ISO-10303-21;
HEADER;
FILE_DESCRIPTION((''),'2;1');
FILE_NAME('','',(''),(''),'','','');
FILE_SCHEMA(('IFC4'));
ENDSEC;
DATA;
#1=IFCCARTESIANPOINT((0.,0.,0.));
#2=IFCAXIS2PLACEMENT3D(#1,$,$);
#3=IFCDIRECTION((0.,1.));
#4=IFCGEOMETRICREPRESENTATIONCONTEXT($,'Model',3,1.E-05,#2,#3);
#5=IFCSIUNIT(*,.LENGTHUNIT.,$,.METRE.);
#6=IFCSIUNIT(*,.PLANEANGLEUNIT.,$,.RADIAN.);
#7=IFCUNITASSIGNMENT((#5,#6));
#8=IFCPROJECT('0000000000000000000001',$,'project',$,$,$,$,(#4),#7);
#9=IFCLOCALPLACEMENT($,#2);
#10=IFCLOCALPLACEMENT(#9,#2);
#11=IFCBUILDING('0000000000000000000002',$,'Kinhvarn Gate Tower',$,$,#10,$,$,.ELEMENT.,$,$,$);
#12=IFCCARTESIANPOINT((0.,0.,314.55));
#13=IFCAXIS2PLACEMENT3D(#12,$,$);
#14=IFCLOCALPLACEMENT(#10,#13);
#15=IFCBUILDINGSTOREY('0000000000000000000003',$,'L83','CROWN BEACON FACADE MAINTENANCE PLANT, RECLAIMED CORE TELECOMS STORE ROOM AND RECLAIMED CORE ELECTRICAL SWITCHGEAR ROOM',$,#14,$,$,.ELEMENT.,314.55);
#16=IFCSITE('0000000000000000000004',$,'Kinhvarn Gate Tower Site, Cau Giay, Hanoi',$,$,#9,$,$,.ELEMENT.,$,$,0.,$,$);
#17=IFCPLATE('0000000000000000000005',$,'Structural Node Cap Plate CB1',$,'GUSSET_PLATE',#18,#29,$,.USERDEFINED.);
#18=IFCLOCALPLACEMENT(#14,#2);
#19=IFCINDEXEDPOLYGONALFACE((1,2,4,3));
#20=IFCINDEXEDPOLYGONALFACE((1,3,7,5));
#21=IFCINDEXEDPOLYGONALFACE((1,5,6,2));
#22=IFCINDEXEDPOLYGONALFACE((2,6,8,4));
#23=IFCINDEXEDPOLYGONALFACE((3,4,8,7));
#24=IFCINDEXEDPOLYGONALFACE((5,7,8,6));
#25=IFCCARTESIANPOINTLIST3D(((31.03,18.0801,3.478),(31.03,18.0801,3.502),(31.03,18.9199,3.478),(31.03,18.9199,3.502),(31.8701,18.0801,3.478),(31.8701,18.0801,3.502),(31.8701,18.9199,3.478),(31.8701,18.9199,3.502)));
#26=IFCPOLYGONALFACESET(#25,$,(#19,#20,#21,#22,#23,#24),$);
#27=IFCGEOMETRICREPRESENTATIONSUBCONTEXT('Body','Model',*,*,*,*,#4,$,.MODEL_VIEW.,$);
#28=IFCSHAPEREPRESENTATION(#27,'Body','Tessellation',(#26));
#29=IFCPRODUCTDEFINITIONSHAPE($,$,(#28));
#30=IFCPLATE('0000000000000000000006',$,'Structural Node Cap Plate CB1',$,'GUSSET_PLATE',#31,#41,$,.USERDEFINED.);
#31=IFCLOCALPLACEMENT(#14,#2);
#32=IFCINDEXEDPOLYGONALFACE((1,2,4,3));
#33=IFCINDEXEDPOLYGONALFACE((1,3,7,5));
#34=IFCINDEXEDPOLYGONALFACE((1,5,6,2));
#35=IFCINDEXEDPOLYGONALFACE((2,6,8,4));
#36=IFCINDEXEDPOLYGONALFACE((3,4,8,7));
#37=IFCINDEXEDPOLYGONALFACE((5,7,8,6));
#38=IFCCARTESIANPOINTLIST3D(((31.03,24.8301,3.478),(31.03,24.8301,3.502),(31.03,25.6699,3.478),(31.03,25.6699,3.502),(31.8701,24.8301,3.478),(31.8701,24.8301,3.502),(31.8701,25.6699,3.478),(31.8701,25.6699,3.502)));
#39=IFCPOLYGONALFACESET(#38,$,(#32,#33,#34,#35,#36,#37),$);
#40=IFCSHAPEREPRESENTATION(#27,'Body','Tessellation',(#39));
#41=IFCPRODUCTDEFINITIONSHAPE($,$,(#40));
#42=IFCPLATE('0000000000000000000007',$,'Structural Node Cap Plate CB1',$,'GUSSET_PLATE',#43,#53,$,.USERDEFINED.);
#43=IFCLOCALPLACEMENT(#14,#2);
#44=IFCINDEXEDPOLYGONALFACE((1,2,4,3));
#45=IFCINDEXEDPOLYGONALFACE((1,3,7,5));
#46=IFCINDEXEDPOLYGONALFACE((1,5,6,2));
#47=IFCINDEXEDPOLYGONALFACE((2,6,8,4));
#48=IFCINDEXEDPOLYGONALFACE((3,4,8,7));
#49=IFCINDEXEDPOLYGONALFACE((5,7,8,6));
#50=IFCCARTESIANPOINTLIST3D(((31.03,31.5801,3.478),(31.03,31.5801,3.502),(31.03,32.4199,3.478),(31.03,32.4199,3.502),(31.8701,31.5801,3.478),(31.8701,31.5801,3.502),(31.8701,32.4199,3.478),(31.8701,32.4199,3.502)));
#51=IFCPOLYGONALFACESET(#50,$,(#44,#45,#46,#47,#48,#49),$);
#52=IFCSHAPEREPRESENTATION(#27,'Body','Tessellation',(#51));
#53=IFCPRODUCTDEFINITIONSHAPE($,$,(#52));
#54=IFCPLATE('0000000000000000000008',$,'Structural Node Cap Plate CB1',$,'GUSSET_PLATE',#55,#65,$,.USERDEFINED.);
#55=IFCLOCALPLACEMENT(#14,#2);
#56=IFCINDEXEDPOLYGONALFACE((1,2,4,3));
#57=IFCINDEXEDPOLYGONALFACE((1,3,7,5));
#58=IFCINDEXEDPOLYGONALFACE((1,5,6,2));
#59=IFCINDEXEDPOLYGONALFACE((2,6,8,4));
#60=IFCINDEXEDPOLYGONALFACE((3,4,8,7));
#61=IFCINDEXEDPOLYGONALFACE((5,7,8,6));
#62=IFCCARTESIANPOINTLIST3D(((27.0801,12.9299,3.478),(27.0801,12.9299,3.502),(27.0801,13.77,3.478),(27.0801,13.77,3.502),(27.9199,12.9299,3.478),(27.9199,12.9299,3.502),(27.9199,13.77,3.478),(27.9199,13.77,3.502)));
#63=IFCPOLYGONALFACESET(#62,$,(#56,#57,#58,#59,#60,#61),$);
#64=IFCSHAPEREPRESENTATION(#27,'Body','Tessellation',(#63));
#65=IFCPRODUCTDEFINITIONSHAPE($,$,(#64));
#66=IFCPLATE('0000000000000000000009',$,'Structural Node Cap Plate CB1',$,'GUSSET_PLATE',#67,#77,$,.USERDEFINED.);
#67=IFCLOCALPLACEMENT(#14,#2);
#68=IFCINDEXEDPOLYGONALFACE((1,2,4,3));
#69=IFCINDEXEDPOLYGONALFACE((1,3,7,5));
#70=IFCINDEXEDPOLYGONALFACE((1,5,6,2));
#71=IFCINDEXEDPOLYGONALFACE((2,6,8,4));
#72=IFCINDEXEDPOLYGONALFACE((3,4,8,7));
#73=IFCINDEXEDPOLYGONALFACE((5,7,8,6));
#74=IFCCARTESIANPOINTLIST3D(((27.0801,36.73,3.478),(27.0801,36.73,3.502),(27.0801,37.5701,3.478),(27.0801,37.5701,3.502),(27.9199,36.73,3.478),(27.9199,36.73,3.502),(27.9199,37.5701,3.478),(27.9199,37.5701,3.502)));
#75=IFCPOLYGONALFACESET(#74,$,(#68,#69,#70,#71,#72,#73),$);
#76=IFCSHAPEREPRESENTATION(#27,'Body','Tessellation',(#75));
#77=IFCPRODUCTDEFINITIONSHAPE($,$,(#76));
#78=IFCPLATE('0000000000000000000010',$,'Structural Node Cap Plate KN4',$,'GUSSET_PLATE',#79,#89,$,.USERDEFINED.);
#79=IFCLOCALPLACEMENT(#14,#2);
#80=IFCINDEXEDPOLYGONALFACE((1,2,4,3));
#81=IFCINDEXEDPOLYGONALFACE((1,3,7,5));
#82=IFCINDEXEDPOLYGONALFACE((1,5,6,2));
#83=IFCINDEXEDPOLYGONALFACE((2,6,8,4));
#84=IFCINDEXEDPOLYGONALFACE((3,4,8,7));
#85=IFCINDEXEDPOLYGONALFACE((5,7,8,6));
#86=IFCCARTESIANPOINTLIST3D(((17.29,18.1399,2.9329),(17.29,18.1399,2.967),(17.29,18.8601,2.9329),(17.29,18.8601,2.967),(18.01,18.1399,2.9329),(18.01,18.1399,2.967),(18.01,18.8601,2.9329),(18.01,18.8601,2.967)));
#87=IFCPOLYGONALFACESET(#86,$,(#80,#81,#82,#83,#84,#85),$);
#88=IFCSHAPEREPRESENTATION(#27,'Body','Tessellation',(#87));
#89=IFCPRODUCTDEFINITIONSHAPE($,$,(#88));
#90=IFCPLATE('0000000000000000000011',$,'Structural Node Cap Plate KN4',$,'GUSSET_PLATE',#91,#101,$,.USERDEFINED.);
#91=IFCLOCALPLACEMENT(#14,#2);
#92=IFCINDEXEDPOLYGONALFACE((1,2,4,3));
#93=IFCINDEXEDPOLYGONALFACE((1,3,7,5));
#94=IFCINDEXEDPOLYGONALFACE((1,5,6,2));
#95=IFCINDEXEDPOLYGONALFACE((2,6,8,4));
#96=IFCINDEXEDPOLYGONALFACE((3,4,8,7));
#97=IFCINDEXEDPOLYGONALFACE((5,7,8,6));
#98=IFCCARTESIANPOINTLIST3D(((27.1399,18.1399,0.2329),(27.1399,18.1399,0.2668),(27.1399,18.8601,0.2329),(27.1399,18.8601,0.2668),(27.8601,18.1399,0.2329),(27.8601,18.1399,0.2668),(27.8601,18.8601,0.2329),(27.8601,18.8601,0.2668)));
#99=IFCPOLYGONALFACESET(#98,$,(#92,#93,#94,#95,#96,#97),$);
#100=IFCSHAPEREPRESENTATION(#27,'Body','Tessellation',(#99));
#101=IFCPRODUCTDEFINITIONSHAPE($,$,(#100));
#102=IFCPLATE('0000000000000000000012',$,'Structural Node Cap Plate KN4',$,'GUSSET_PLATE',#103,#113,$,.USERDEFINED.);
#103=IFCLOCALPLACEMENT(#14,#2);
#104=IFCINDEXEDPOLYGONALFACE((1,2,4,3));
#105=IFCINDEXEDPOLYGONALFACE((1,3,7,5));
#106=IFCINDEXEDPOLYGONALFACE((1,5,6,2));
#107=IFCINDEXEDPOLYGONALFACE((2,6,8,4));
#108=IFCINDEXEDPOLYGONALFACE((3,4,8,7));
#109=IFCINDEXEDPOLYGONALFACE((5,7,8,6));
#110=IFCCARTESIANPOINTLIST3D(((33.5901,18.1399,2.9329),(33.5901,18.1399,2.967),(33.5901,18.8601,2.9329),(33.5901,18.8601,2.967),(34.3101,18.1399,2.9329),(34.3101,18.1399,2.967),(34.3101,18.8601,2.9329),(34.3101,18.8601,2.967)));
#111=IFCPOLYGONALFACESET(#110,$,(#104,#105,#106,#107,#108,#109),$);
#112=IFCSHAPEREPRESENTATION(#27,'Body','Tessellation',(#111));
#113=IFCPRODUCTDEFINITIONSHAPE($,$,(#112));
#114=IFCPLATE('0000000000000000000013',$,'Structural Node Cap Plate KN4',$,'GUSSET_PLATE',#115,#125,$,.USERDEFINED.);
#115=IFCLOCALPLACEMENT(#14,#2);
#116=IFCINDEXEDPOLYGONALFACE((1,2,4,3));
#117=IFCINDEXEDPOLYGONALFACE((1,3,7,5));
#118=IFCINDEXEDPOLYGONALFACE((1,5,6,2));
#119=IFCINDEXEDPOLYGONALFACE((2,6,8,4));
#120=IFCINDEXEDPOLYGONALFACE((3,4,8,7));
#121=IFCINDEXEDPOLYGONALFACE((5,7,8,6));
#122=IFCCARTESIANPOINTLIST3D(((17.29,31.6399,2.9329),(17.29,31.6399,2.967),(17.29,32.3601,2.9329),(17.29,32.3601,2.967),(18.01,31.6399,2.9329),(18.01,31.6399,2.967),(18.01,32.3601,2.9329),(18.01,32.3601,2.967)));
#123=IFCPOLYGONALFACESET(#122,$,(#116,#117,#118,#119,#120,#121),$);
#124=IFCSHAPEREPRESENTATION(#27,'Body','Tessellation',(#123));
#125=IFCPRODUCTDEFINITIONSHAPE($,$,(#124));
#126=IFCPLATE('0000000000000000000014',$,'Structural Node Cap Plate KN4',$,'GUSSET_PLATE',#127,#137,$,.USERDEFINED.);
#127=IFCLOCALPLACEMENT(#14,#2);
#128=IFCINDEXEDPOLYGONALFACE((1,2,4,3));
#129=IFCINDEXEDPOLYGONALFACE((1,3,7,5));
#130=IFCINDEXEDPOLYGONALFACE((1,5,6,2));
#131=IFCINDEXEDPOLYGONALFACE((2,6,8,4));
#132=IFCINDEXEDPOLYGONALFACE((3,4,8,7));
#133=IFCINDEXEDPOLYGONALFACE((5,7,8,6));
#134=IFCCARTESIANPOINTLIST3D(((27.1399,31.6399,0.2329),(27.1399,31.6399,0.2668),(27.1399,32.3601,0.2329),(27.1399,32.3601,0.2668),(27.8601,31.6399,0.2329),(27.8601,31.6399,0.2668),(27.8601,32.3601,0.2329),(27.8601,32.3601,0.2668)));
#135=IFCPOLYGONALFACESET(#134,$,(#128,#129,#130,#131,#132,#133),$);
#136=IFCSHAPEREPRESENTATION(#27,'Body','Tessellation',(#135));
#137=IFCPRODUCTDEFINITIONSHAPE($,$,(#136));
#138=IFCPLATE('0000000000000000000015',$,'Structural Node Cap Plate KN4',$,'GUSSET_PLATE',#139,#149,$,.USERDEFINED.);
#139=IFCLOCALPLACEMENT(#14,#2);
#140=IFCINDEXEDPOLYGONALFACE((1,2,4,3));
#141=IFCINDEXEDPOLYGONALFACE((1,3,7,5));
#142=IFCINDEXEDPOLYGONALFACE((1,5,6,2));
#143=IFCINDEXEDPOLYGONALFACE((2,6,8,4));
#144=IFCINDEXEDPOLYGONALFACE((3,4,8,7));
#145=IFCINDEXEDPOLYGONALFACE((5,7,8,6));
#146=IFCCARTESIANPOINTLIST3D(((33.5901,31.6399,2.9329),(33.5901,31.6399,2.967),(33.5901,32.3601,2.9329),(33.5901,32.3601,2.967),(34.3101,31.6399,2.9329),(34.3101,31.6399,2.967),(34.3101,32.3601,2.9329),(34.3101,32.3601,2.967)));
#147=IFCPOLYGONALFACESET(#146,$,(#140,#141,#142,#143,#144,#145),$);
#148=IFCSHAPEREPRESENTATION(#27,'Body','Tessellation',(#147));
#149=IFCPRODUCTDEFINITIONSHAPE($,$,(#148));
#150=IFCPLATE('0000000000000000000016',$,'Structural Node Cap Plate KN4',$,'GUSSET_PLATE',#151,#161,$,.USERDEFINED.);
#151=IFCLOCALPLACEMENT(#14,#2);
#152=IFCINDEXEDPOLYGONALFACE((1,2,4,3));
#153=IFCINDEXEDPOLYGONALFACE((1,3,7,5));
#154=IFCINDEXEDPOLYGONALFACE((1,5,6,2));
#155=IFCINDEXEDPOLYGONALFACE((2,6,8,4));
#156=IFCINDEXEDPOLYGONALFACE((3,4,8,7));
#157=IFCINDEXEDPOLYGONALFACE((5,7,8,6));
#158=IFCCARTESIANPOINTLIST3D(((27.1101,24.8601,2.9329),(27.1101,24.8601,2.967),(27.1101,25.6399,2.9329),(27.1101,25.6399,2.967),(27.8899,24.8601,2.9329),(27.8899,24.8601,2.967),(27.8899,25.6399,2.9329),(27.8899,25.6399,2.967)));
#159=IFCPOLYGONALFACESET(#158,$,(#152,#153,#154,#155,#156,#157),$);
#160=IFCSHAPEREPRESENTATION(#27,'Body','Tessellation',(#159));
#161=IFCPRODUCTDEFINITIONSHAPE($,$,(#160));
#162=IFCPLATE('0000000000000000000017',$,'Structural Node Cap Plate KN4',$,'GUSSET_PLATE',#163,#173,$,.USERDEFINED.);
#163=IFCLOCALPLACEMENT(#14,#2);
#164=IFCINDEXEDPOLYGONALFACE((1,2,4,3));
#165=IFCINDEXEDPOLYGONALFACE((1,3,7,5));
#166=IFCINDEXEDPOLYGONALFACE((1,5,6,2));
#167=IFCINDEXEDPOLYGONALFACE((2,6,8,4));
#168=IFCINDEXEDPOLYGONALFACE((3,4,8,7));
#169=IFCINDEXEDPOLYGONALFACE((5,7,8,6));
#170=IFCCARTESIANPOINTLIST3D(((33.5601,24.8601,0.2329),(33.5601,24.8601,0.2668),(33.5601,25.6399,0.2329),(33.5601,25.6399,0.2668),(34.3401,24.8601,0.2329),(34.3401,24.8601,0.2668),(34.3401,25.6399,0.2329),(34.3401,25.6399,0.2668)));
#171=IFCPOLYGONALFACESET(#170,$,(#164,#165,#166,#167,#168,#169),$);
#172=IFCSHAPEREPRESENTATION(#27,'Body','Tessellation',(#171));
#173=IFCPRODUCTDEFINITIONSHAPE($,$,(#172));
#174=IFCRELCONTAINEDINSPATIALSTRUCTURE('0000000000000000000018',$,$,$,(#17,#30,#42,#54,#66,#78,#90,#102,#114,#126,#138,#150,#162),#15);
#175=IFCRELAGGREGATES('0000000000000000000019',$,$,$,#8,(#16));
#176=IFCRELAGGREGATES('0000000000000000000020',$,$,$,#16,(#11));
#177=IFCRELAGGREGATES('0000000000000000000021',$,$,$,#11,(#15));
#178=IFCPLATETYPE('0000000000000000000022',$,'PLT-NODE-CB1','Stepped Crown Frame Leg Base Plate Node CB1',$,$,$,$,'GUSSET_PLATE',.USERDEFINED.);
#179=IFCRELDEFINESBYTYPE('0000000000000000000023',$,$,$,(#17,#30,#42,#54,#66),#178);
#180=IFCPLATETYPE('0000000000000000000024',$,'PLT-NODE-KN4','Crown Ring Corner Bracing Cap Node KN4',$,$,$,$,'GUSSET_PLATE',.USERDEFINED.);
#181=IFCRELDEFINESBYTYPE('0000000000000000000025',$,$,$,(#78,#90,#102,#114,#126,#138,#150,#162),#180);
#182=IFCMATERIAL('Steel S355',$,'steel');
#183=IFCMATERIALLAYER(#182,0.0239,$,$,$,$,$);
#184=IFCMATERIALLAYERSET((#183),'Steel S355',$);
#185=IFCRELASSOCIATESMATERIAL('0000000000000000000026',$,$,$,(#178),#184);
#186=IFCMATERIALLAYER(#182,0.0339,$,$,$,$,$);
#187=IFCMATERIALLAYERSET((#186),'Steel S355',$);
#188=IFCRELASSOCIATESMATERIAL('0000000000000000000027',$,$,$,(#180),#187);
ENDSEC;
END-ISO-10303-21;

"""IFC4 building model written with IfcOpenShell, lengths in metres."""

from ifc_helpers import new_model, si_unit, direction, frame, origin, place, context, subcontext, project, spatial, polyline, outline, extrude, material, layer, layer_set, type_object, element, save


model = new_model("IFC4")

# Units and contexts
model_context = context("Model", 3, precision=1e-05, world=origin(), true_north=direction((0.0, 1.0)))
body_context = subcontext(model_context, "Body", "Model", "MODEL_VIEW")
ifc_project = project(units=[si_unit("LENGTHUNIT", "METRE"), si_unit("PLANEANGLEUNIT", "RADIAN")], contexts=[model_context])

# Site, building, storey
site_placement = place(None, origin())
site = spatial("IfcSite", under=ifc_project, at=site_placement, Name="Kinhvarn Gate Tower Site, Cau Giay, Hanoi", CompositionType="ELEMENT", RefElevation=0.0)
building_placement = place(site_placement, origin())
building = spatial("IfcBuilding", under=site, at=building_placement, Name="Kinhvarn Gate Tower", CompositionType="ELEMENT")
storey_placement = place(building_placement, frame((0.0, 0.0, 314.55)))
storey = spatial("IfcBuildingStorey", under=building, at=storey_placement, Name="L83", Description="CROWN BEACON FACADE MAINTENANCE PLANT, RECLAIMED CORE TELECOMS STORE ROOM AND RECLAIMED CORE ELECTRICAL SWITCHGEAR ROOM", CompositionType="ELEMENT", Elevation=314.55)

# Plates
ifc_material_1 = material(Name="Steel S355", Category="steel")
ifc_layer_1 = layer(ifc_material_1, 0.0239)
ifc_layer_set_1 = layer_set([ifc_layer_1], Name="Steel S355")
plate_type_1 = type_object("IfcPlateType", Name="PLT-NODE-CB1", Description="Stepped Crown Frame Leg Base Plate Node CB1", ElementType="GUSSET_PLATE", PredefinedType="USERDEFINED", material=ifc_layer_set_1)
plate_1_placement = place(storey_placement, frame((0.0, 0.0, 3.478)))
element("IfcPlate", 1, at=plate_1_placement, inside=storey, type_object=plate_type_1, Name="Structural Node Cap Plate CB1", ObjectType="GUSSET_PLATE", PredefinedType="USERDEFINED", context=body_context, shape_type="SweptSolid", body=[
    extrude(outline(polyline([(31.03, 18.0801), (31.8701, 18.0801), (31.8701, 18.9199), (31.03, 18.9199), (31.03, 18.0801)])), origin(), (0.0, 0.0, 1.0), 0.0239),
])
plate_2_placement = place(storey_placement, frame((0.0, 0.0, 3.478)))
element("IfcPlate", 2, at=plate_2_placement, inside=storey, type_object=plate_type_1, Name="Structural Node Cap Plate CB1", ObjectType="GUSSET_PLATE", PredefinedType="USERDEFINED", context=body_context, shape_type="SweptSolid", body=[
    extrude(outline(polyline([(31.03, 24.8301), (31.8701, 24.8301), (31.8701, 25.6699), (31.03, 25.6699), (31.03, 24.8301)])), origin(), (0.0, 0.0, 1.0), 0.0239),
])
plate_3_placement = place(storey_placement, frame((0.0, 0.0, 3.478)))
element("IfcPlate", 3, at=plate_3_placement, inside=storey, type_object=plate_type_1, Name="Structural Node Cap Plate CB1", ObjectType="GUSSET_PLATE", PredefinedType="USERDEFINED", context=body_context, shape_type="SweptSolid", body=[
    extrude(outline(polyline([(31.03, 31.5801), (31.8701, 31.5801), (31.8701, 32.4199), (31.03, 32.4199), (31.03, 31.5801)])), origin(), (0.0, 0.0, 1.0), 0.0239),
])
plate_4_placement = place(storey_placement, frame((0.0, 0.0, 3.478)))
element("IfcPlate", 4, at=plate_4_placement, inside=storey, type_object=plate_type_1, Name="Structural Node Cap Plate CB1", ObjectType="GUSSET_PLATE", PredefinedType="USERDEFINED", context=body_context, shape_type="SweptSolid", body=[
    extrude(outline(polyline([(27.0801, 12.9299), (27.9199, 12.9299), (27.9199, 13.77), (27.0801, 13.77), (27.0801, 12.9299)])), origin(), (0.0, 0.0, 1.0), 0.0239),
])
plate_5_placement = place(storey_placement, frame((0.0, 0.0, 3.478)))
element("IfcPlate", 5, at=plate_5_placement, inside=storey, type_object=plate_type_1, Name="Structural Node Cap Plate CB1", ObjectType="GUSSET_PLATE", PredefinedType="USERDEFINED", context=body_context, shape_type="SweptSolid", body=[
    extrude(outline(polyline([(27.0801, 36.73), (27.9199, 36.73), (27.9199, 37.5701), (27.0801, 37.5701), (27.0801, 36.73)])), origin(), (0.0, 0.0, 1.0), 0.0239),
])
ifc_layer_2 = layer(ifc_material_1, 0.0339)
ifc_layer_set_2 = layer_set([ifc_layer_2], Name="Steel S355")
plate_type_2 = type_object("IfcPlateType", Name="PLT-NODE-KN4", Description="Crown Ring Corner Bracing Cap Node KN4", ElementType="GUSSET_PLATE", PredefinedType="USERDEFINED", material=ifc_layer_set_2)
plate_6_placement = place(storey_placement, frame((0.0, 0.0, 2.9329)))
element("IfcPlate", 6, at=plate_6_placement, inside=storey, type_object=plate_type_2, Name="Structural Node Cap Plate KN4", ObjectType="GUSSET_PLATE", PredefinedType="USERDEFINED", context=body_context, shape_type="SweptSolid", body=[
    extrude(outline(polyline([(17.29, 18.1399), (18.01, 18.1399), (18.01, 18.8601), (17.29, 18.8601), (17.29, 18.1399)])), origin(), (0.0, 0.0, 1.0), 0.0342),
])
plate_7_placement = place(storey_placement, frame((0.0, 0.0, 0.2329)))
element("IfcPlate", 7, at=plate_7_placement, inside=storey, type_object=plate_type_2, Name="Structural Node Cap Plate KN4", ObjectType="GUSSET_PLATE", PredefinedType="USERDEFINED", context=body_context, shape_type="SweptSolid", body=[
    extrude(outline(polyline([(27.1399, 18.1399), (27.8601, 18.1399), (27.8601, 18.8601), (27.1399, 18.8601), (27.1399, 18.1399)])), origin(), (0.0, 0.0, 1.0), 0.0339),
])
plate_8_placement = place(storey_placement, frame((0.0, 0.0, 2.9329)))
element("IfcPlate", 8, at=plate_8_placement, inside=storey, type_object=plate_type_2, Name="Structural Node Cap Plate KN4", ObjectType="GUSSET_PLATE", PredefinedType="USERDEFINED", context=body_context, shape_type="SweptSolid", body=[
    extrude(outline(polyline([(33.5901, 18.1399), (34.3101, 18.1399), (34.3101, 18.8601), (33.5901, 18.8601), (33.5901, 18.1399)])), origin(), (0.0, 0.0, 1.0), 0.0342),
])
plate_9_placement = place(storey_placement, frame((0.0, 0.0, 2.9329)))
element("IfcPlate", 9, at=plate_9_placement, inside=storey, type_object=plate_type_2, Name="Structural Node Cap Plate KN4", ObjectType="GUSSET_PLATE", PredefinedType="USERDEFINED", context=body_context, shape_type="SweptSolid", body=[
    extrude(outline(polyline([(17.29, 31.6399), (18.01, 31.6399), (18.01, 32.3601), (17.29, 32.3601), (17.29, 31.6399)])), origin(), (0.0, 0.0, 1.0), 0.0342),
])
plate_10_placement = place(storey_placement, frame((0.0, 0.0, 0.2329)))
element("IfcPlate", 10, at=plate_10_placement, inside=storey, type_object=plate_type_2, Name="Structural Node Cap Plate KN4", ObjectType="GUSSET_PLATE", PredefinedType="USERDEFINED", context=body_context, shape_type="SweptSolid", body=[
    extrude(outline(polyline([(27.1399, 31.6399), (27.8601, 31.6399), (27.8601, 32.3601), (27.1399, 32.3601), (27.1399, 31.6399)])), origin(), (0.0, 0.0, 1.0), 0.0339),
])
plate_11_placement = place(storey_placement, frame((0.0, 0.0, 2.9329)))
element("IfcPlate", 11, at=plate_11_placement, inside=storey, type_object=plate_type_2, Name="Structural Node Cap Plate KN4", ObjectType="GUSSET_PLATE", PredefinedType="USERDEFINED", context=body_context, shape_type="SweptSolid", body=[
    extrude(outline(polyline([(33.5901, 31.6399), (34.3101, 31.6399), (34.3101, 32.3601), (33.5901, 32.3601), (33.5901, 31.6399)])), origin(), (0.0, 0.0, 1.0), 0.0342),
])
plate_12_placement = place(storey_placement, frame((0.0, 0.0, 2.9329)))
element("IfcPlate", 12, at=plate_12_placement, inside=storey, type_object=plate_type_2, Name="Structural Node Cap Plate KN4", ObjectType="GUSSET_PLATE", PredefinedType="USERDEFINED", context=body_context, shape_type="SweptSolid", body=[
    extrude(outline(polyline([(27.1101, 24.8601), (27.8899, 24.8601), (27.8899, 25.6399), (27.1101, 25.6399), (27.1101, 24.8601)])), origin(), (0.0, 0.0, 1.0), 0.0342),
])
plate_13_placement = place(storey_placement, frame((0.0, 0.0, 0.2329)))
element("IfcPlate", 13, at=plate_13_placement, inside=storey, type_object=plate_type_2, Name="Structural Node Cap Plate KN4", ObjectType="GUSSET_PLATE", PredefinedType="USERDEFINED", context=body_context, shape_type="SweptSolid", body=[
    extrude(outline(polyline([(33.5601, 24.8601), (34.3401, 24.8601), (34.3401, 25.6399), (33.5601, 25.6399), (33.5601, 24.8601)])), origin(), (0.0, 0.0, 1.0), 0.0339),
])

save(model, "model.ifc")
